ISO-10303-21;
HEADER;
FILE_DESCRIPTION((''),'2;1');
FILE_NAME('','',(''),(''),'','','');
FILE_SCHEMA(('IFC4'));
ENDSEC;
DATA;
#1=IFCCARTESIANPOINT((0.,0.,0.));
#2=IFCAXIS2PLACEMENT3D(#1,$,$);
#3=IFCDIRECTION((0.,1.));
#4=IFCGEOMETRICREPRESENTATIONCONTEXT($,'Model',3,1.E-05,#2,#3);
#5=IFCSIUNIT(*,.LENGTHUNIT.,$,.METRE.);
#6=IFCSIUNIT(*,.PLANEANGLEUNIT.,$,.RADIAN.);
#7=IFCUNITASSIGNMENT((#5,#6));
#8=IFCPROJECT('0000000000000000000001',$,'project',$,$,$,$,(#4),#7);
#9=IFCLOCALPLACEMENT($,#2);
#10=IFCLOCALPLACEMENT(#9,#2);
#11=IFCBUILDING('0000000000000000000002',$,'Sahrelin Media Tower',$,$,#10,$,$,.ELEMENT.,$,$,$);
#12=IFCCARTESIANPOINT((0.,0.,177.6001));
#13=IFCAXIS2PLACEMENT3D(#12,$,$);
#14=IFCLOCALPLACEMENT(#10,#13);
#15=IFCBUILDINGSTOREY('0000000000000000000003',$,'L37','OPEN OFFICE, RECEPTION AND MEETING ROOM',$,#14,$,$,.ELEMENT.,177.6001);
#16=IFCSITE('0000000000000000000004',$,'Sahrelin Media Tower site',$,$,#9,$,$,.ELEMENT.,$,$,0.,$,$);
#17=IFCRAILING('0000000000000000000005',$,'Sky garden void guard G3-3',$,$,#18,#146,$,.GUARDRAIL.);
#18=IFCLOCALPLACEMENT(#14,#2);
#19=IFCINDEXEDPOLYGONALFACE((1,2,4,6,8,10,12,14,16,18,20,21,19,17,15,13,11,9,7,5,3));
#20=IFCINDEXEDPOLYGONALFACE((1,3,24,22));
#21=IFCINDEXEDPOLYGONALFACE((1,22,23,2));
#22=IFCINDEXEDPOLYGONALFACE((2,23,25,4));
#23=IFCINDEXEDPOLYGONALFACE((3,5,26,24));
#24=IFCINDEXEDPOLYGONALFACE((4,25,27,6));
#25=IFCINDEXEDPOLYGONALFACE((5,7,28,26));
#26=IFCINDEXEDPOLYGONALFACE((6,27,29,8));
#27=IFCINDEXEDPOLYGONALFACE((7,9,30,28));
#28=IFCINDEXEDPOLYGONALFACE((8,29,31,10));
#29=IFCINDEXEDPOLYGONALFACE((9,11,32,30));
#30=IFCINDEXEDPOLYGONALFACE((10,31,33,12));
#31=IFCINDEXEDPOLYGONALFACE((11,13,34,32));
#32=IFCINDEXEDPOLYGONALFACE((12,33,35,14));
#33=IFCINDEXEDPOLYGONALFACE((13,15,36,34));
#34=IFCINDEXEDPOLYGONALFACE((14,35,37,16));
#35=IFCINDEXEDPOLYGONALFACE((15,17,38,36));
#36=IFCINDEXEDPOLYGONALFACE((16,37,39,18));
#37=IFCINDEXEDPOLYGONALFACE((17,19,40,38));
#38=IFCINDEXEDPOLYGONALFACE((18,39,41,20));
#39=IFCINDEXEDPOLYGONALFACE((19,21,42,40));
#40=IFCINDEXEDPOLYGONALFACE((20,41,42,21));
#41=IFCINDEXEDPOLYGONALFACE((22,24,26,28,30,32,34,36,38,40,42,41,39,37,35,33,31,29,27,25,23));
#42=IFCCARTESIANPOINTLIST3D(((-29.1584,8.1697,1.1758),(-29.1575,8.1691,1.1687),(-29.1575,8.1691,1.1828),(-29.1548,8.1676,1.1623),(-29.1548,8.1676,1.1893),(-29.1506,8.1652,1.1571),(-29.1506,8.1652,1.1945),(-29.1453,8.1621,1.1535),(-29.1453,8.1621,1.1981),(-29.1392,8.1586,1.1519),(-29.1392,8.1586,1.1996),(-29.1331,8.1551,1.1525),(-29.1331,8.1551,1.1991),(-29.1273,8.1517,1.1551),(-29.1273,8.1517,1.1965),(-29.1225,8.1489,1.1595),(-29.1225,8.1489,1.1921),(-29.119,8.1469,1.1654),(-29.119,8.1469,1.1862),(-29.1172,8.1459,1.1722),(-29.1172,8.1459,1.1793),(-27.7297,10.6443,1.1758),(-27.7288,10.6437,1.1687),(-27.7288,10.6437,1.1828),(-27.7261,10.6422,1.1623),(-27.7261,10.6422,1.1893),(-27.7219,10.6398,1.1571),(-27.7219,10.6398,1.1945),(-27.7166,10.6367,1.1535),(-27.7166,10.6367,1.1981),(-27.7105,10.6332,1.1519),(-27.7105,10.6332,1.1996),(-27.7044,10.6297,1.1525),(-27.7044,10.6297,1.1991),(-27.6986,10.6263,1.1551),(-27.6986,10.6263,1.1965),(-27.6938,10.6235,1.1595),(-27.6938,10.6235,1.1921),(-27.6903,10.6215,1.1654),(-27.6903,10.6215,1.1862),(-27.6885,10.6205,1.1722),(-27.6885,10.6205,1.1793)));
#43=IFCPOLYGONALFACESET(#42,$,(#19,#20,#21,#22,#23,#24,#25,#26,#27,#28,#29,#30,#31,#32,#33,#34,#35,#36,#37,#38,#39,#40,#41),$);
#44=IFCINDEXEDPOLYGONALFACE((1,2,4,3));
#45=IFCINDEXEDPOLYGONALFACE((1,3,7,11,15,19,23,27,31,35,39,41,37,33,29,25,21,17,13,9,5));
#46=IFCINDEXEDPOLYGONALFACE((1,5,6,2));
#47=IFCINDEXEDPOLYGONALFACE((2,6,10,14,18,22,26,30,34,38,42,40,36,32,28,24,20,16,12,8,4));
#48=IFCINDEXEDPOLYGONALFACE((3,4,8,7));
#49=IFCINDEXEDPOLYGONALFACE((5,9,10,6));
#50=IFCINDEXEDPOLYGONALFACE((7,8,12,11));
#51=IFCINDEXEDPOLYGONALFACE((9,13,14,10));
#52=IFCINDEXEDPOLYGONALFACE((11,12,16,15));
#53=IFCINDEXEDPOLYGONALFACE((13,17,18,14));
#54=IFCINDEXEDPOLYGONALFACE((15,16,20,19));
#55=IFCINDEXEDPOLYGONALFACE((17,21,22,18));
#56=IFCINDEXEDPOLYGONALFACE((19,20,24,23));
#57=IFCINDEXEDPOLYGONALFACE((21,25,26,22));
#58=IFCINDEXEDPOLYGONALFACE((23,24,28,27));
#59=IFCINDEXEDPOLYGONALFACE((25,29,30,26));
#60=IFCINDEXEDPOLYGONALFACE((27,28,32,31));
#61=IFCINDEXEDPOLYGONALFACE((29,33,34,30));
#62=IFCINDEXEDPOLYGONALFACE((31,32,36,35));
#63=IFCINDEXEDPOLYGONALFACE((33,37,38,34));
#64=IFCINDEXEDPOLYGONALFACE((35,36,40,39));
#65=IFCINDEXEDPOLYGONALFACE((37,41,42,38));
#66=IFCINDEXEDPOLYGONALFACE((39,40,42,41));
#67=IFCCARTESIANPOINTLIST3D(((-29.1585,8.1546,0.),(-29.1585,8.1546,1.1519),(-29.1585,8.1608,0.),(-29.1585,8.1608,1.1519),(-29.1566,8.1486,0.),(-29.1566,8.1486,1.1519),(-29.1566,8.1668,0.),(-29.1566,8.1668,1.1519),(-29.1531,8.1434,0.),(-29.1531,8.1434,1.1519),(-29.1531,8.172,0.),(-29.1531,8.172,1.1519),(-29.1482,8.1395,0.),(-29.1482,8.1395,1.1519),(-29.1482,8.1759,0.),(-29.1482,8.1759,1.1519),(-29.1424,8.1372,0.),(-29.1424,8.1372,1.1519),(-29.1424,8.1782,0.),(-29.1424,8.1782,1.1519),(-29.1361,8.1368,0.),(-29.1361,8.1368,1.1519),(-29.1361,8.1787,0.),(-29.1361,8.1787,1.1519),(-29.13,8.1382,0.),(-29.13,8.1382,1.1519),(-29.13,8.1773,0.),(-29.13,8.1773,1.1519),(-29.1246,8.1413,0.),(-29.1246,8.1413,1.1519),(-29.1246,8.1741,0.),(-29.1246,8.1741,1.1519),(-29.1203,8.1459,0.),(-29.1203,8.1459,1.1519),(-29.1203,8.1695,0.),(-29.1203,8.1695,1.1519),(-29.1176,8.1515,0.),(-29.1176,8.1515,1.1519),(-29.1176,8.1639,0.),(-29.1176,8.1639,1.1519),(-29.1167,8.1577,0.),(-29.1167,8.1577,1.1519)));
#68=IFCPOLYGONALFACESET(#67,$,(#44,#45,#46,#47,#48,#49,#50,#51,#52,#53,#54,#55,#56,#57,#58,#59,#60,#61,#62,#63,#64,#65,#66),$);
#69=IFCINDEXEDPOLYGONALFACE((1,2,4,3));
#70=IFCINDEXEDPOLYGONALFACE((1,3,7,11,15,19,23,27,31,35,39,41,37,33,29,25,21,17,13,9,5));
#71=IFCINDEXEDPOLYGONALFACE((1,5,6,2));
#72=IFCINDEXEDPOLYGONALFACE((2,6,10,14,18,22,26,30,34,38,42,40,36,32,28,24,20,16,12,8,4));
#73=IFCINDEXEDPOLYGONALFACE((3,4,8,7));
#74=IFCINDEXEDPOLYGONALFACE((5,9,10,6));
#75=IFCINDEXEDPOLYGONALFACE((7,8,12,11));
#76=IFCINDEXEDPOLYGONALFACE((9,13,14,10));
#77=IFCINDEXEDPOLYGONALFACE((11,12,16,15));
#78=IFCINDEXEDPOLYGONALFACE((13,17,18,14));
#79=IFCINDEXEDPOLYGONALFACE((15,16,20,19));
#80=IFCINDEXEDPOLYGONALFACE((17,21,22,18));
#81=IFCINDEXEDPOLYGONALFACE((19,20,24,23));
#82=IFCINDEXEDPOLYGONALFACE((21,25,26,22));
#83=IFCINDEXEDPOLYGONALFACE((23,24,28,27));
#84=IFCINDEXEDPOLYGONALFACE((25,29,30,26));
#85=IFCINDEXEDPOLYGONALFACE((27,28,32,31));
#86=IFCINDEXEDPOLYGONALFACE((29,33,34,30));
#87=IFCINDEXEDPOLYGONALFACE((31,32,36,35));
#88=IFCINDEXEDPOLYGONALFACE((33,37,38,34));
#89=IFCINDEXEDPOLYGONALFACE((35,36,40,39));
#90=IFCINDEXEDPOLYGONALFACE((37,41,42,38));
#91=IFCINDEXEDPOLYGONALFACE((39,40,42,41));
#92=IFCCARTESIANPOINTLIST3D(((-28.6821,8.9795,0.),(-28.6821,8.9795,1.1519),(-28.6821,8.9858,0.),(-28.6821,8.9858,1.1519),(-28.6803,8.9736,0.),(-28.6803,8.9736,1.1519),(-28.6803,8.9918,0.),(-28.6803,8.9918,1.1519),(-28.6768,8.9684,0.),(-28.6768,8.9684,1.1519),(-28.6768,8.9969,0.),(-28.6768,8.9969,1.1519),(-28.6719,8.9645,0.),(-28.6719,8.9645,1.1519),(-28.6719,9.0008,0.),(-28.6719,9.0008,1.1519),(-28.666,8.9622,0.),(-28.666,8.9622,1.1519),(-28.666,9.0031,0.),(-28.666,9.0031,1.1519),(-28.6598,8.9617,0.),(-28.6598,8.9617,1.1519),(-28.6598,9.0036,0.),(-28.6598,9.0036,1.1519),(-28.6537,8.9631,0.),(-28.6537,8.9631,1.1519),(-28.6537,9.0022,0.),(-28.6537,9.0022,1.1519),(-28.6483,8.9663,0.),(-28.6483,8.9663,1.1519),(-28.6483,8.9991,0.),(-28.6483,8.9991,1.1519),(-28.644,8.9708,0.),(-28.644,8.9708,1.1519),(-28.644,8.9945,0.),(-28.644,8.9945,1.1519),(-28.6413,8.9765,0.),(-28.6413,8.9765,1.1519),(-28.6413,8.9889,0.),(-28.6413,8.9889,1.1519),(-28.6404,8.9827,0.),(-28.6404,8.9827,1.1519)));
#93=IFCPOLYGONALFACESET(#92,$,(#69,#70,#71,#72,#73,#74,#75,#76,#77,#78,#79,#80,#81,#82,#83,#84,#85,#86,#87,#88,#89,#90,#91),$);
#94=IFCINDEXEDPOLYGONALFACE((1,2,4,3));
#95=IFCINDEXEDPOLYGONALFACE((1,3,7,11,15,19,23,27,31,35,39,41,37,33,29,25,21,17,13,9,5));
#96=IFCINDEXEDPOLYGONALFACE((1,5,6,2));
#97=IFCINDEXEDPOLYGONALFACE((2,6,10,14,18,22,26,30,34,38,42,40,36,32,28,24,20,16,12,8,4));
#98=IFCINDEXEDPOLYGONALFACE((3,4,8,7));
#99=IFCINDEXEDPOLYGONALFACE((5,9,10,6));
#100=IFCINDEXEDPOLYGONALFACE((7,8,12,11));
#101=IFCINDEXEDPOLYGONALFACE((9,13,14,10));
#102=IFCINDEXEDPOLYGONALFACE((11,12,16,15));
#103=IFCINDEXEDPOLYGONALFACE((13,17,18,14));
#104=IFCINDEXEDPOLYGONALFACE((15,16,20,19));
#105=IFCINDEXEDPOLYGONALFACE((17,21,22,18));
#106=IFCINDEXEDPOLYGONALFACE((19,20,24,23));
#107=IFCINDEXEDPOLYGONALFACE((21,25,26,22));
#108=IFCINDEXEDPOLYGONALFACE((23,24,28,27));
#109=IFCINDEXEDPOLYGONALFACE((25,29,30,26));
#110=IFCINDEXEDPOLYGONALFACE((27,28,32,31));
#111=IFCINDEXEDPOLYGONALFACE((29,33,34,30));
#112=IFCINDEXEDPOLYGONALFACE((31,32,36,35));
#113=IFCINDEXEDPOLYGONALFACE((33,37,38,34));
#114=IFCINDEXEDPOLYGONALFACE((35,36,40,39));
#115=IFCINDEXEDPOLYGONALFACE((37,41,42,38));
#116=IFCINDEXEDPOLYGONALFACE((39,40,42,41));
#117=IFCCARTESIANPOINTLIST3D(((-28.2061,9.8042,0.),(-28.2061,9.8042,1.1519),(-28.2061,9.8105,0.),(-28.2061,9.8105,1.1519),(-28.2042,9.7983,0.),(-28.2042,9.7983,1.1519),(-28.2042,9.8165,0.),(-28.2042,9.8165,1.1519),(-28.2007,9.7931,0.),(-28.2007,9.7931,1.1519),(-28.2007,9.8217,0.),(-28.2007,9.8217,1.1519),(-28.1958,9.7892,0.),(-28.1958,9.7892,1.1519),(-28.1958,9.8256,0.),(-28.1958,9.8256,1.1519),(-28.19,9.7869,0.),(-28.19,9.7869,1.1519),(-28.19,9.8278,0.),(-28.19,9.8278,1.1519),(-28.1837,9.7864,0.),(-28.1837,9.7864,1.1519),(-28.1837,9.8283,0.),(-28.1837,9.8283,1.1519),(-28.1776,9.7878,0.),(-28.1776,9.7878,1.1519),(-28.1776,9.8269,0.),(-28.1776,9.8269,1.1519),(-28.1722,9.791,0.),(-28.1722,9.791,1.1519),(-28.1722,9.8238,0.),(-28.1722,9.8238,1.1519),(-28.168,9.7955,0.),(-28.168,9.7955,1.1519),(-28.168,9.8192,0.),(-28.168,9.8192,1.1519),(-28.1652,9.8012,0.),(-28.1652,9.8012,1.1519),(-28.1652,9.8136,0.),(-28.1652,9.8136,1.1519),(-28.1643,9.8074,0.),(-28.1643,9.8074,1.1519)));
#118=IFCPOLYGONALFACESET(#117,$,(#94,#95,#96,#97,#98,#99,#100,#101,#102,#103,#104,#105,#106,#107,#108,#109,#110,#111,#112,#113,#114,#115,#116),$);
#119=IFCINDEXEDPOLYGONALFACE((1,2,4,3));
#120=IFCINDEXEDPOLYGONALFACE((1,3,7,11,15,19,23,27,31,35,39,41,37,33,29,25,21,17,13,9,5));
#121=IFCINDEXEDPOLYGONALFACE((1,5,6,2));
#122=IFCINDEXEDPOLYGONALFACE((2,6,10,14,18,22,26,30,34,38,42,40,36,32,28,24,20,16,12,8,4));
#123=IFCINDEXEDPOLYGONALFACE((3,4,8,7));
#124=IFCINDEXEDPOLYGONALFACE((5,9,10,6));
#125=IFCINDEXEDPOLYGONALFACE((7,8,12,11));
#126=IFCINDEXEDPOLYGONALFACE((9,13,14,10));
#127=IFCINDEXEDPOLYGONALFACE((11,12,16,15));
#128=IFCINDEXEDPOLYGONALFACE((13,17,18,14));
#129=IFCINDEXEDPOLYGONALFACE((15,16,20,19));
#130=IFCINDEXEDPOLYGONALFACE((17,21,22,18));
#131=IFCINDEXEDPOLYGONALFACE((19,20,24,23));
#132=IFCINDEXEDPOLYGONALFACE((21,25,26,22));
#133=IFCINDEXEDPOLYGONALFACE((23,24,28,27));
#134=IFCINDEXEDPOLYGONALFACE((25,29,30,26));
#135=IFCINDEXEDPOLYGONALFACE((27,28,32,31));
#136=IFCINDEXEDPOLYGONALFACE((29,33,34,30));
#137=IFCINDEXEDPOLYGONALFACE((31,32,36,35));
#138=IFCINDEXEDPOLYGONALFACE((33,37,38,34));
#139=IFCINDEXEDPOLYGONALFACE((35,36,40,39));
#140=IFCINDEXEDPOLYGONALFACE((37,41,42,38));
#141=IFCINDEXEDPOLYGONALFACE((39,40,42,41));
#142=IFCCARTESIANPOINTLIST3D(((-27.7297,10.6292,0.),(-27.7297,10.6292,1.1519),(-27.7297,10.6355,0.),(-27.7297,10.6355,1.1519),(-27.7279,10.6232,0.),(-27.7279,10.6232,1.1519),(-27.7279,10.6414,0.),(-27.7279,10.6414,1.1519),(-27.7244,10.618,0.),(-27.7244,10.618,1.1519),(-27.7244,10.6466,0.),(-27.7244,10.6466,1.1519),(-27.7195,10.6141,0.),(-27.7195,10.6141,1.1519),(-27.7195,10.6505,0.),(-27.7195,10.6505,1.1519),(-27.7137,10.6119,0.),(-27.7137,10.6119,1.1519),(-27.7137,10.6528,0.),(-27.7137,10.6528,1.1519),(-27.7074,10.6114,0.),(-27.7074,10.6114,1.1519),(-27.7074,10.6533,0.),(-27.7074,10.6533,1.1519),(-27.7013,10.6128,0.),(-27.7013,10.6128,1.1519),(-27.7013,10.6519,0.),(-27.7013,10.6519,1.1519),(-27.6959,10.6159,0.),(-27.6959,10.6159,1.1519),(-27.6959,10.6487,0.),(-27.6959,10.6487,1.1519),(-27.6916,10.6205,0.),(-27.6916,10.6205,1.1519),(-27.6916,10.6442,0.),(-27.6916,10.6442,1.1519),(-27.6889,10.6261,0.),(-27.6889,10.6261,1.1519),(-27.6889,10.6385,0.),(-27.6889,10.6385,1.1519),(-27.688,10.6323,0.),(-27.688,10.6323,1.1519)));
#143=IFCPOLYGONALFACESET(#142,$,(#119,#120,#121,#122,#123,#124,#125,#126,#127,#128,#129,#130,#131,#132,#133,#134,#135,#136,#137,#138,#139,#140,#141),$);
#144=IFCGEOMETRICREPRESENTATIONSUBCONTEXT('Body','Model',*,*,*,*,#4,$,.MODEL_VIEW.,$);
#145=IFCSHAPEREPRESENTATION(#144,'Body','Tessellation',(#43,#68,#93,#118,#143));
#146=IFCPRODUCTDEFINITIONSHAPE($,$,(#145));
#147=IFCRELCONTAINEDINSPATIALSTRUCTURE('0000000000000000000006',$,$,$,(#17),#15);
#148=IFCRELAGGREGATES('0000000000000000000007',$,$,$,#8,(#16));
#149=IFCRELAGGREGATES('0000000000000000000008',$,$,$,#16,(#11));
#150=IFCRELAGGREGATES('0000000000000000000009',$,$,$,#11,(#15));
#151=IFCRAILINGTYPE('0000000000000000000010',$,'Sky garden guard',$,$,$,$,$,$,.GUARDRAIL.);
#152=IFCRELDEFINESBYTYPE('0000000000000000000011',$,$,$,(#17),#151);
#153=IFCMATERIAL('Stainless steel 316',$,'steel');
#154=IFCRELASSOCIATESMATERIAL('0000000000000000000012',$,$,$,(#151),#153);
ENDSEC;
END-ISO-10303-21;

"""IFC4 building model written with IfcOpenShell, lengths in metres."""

from ifc_helpers import new_model, si_unit, direction, frame, origin, origin_2d, place, context, subcontext, project, spatial, circle, extrude, material, type_object, element, save


model = new_model("IFC4")

# Units and contexts
model_context = context("Model", 3, precision=1e-05, world=origin(), true_north=direction((0.0, 1.0)))
body_context = subcontext(model_context, "Body", "Model", "MODEL_VIEW")
ifc_project = project(units=[si_unit("LENGTHUNIT", "METRE"), si_unit("PLANEANGLEUNIT", "RADIAN")], contexts=[model_context])

# Site, building, storey
site_placement = place(None, origin())
site = spatial("IfcSite", under=ifc_project, at=site_placement, Name="Sahrelin Media Tower site", CompositionType="ELEMENT", RefElevation=0.0)
building_placement = place(site_placement, origin())
building = spatial("IfcBuilding", under=site, at=building_placement, Name="Sahrelin Media Tower", CompositionType="ELEMENT")
storey_placement = place(building_placement, frame((0.0, 0.0, 177.6001)))
storey = spatial("IfcBuildingStorey", under=building, at=storey_placement, Name="L37", Description="OPEN OFFICE, RECEPTION AND MEETING ROOM", CompositionType="ELEMENT", Elevation=177.6001)

# Railing
ifc_material_1 = material(Name="Stainless steel 316", Category="steel")
railing_type = type_object("IfcRailingType", Name="Sky garden guard", PredefinedType="GUARDRAIL", material=ifc_material_1)
railing_1_placement = place(storey_placement, frame((-29.1377, 8.1577, 0.0)))
element("IfcRailing", 1, at=railing_1_placement, inside=storey, type_object=railing_type, Name="Sky garden void guard G3-3", PredefinedType="GUARDRAIL", context=body_context, shape_type="SweptSolid", body=[
    extrude(circle(Radius=0.0239, at=origin_2d()), frame((0.0, 0.0, 1.1758), z_axis=(0.499999, 0.866026, 0.0), x_axis=(-0.866026, 0.499999, 0.0)), (0.0, 0.0, 1.0), 2.8574),
    extrude(circle(Radius=0.021, at=origin_2d()), origin(), (0.0, 0.0, 1.0), 1.1519),
    extrude(circle(Radius=0.021, at=origin_2d()), frame((0.4763, 0.825, 0.0)), (0.0, 0.0, 1.0), 1.1519),
    extrude(circle(Radius=0.021, at=origin_2d()), frame((0.9524, 1.6497, 0.0)), (0.0, 0.0, 1.0), 1.1519),
    extrude(circle(Radius=0.021, at=origin_2d()), frame((1.4287, 2.4746, 0.0)), (0.0, 0.0, 1.0), 1.1519),
])

save(model, "model.ifc")
